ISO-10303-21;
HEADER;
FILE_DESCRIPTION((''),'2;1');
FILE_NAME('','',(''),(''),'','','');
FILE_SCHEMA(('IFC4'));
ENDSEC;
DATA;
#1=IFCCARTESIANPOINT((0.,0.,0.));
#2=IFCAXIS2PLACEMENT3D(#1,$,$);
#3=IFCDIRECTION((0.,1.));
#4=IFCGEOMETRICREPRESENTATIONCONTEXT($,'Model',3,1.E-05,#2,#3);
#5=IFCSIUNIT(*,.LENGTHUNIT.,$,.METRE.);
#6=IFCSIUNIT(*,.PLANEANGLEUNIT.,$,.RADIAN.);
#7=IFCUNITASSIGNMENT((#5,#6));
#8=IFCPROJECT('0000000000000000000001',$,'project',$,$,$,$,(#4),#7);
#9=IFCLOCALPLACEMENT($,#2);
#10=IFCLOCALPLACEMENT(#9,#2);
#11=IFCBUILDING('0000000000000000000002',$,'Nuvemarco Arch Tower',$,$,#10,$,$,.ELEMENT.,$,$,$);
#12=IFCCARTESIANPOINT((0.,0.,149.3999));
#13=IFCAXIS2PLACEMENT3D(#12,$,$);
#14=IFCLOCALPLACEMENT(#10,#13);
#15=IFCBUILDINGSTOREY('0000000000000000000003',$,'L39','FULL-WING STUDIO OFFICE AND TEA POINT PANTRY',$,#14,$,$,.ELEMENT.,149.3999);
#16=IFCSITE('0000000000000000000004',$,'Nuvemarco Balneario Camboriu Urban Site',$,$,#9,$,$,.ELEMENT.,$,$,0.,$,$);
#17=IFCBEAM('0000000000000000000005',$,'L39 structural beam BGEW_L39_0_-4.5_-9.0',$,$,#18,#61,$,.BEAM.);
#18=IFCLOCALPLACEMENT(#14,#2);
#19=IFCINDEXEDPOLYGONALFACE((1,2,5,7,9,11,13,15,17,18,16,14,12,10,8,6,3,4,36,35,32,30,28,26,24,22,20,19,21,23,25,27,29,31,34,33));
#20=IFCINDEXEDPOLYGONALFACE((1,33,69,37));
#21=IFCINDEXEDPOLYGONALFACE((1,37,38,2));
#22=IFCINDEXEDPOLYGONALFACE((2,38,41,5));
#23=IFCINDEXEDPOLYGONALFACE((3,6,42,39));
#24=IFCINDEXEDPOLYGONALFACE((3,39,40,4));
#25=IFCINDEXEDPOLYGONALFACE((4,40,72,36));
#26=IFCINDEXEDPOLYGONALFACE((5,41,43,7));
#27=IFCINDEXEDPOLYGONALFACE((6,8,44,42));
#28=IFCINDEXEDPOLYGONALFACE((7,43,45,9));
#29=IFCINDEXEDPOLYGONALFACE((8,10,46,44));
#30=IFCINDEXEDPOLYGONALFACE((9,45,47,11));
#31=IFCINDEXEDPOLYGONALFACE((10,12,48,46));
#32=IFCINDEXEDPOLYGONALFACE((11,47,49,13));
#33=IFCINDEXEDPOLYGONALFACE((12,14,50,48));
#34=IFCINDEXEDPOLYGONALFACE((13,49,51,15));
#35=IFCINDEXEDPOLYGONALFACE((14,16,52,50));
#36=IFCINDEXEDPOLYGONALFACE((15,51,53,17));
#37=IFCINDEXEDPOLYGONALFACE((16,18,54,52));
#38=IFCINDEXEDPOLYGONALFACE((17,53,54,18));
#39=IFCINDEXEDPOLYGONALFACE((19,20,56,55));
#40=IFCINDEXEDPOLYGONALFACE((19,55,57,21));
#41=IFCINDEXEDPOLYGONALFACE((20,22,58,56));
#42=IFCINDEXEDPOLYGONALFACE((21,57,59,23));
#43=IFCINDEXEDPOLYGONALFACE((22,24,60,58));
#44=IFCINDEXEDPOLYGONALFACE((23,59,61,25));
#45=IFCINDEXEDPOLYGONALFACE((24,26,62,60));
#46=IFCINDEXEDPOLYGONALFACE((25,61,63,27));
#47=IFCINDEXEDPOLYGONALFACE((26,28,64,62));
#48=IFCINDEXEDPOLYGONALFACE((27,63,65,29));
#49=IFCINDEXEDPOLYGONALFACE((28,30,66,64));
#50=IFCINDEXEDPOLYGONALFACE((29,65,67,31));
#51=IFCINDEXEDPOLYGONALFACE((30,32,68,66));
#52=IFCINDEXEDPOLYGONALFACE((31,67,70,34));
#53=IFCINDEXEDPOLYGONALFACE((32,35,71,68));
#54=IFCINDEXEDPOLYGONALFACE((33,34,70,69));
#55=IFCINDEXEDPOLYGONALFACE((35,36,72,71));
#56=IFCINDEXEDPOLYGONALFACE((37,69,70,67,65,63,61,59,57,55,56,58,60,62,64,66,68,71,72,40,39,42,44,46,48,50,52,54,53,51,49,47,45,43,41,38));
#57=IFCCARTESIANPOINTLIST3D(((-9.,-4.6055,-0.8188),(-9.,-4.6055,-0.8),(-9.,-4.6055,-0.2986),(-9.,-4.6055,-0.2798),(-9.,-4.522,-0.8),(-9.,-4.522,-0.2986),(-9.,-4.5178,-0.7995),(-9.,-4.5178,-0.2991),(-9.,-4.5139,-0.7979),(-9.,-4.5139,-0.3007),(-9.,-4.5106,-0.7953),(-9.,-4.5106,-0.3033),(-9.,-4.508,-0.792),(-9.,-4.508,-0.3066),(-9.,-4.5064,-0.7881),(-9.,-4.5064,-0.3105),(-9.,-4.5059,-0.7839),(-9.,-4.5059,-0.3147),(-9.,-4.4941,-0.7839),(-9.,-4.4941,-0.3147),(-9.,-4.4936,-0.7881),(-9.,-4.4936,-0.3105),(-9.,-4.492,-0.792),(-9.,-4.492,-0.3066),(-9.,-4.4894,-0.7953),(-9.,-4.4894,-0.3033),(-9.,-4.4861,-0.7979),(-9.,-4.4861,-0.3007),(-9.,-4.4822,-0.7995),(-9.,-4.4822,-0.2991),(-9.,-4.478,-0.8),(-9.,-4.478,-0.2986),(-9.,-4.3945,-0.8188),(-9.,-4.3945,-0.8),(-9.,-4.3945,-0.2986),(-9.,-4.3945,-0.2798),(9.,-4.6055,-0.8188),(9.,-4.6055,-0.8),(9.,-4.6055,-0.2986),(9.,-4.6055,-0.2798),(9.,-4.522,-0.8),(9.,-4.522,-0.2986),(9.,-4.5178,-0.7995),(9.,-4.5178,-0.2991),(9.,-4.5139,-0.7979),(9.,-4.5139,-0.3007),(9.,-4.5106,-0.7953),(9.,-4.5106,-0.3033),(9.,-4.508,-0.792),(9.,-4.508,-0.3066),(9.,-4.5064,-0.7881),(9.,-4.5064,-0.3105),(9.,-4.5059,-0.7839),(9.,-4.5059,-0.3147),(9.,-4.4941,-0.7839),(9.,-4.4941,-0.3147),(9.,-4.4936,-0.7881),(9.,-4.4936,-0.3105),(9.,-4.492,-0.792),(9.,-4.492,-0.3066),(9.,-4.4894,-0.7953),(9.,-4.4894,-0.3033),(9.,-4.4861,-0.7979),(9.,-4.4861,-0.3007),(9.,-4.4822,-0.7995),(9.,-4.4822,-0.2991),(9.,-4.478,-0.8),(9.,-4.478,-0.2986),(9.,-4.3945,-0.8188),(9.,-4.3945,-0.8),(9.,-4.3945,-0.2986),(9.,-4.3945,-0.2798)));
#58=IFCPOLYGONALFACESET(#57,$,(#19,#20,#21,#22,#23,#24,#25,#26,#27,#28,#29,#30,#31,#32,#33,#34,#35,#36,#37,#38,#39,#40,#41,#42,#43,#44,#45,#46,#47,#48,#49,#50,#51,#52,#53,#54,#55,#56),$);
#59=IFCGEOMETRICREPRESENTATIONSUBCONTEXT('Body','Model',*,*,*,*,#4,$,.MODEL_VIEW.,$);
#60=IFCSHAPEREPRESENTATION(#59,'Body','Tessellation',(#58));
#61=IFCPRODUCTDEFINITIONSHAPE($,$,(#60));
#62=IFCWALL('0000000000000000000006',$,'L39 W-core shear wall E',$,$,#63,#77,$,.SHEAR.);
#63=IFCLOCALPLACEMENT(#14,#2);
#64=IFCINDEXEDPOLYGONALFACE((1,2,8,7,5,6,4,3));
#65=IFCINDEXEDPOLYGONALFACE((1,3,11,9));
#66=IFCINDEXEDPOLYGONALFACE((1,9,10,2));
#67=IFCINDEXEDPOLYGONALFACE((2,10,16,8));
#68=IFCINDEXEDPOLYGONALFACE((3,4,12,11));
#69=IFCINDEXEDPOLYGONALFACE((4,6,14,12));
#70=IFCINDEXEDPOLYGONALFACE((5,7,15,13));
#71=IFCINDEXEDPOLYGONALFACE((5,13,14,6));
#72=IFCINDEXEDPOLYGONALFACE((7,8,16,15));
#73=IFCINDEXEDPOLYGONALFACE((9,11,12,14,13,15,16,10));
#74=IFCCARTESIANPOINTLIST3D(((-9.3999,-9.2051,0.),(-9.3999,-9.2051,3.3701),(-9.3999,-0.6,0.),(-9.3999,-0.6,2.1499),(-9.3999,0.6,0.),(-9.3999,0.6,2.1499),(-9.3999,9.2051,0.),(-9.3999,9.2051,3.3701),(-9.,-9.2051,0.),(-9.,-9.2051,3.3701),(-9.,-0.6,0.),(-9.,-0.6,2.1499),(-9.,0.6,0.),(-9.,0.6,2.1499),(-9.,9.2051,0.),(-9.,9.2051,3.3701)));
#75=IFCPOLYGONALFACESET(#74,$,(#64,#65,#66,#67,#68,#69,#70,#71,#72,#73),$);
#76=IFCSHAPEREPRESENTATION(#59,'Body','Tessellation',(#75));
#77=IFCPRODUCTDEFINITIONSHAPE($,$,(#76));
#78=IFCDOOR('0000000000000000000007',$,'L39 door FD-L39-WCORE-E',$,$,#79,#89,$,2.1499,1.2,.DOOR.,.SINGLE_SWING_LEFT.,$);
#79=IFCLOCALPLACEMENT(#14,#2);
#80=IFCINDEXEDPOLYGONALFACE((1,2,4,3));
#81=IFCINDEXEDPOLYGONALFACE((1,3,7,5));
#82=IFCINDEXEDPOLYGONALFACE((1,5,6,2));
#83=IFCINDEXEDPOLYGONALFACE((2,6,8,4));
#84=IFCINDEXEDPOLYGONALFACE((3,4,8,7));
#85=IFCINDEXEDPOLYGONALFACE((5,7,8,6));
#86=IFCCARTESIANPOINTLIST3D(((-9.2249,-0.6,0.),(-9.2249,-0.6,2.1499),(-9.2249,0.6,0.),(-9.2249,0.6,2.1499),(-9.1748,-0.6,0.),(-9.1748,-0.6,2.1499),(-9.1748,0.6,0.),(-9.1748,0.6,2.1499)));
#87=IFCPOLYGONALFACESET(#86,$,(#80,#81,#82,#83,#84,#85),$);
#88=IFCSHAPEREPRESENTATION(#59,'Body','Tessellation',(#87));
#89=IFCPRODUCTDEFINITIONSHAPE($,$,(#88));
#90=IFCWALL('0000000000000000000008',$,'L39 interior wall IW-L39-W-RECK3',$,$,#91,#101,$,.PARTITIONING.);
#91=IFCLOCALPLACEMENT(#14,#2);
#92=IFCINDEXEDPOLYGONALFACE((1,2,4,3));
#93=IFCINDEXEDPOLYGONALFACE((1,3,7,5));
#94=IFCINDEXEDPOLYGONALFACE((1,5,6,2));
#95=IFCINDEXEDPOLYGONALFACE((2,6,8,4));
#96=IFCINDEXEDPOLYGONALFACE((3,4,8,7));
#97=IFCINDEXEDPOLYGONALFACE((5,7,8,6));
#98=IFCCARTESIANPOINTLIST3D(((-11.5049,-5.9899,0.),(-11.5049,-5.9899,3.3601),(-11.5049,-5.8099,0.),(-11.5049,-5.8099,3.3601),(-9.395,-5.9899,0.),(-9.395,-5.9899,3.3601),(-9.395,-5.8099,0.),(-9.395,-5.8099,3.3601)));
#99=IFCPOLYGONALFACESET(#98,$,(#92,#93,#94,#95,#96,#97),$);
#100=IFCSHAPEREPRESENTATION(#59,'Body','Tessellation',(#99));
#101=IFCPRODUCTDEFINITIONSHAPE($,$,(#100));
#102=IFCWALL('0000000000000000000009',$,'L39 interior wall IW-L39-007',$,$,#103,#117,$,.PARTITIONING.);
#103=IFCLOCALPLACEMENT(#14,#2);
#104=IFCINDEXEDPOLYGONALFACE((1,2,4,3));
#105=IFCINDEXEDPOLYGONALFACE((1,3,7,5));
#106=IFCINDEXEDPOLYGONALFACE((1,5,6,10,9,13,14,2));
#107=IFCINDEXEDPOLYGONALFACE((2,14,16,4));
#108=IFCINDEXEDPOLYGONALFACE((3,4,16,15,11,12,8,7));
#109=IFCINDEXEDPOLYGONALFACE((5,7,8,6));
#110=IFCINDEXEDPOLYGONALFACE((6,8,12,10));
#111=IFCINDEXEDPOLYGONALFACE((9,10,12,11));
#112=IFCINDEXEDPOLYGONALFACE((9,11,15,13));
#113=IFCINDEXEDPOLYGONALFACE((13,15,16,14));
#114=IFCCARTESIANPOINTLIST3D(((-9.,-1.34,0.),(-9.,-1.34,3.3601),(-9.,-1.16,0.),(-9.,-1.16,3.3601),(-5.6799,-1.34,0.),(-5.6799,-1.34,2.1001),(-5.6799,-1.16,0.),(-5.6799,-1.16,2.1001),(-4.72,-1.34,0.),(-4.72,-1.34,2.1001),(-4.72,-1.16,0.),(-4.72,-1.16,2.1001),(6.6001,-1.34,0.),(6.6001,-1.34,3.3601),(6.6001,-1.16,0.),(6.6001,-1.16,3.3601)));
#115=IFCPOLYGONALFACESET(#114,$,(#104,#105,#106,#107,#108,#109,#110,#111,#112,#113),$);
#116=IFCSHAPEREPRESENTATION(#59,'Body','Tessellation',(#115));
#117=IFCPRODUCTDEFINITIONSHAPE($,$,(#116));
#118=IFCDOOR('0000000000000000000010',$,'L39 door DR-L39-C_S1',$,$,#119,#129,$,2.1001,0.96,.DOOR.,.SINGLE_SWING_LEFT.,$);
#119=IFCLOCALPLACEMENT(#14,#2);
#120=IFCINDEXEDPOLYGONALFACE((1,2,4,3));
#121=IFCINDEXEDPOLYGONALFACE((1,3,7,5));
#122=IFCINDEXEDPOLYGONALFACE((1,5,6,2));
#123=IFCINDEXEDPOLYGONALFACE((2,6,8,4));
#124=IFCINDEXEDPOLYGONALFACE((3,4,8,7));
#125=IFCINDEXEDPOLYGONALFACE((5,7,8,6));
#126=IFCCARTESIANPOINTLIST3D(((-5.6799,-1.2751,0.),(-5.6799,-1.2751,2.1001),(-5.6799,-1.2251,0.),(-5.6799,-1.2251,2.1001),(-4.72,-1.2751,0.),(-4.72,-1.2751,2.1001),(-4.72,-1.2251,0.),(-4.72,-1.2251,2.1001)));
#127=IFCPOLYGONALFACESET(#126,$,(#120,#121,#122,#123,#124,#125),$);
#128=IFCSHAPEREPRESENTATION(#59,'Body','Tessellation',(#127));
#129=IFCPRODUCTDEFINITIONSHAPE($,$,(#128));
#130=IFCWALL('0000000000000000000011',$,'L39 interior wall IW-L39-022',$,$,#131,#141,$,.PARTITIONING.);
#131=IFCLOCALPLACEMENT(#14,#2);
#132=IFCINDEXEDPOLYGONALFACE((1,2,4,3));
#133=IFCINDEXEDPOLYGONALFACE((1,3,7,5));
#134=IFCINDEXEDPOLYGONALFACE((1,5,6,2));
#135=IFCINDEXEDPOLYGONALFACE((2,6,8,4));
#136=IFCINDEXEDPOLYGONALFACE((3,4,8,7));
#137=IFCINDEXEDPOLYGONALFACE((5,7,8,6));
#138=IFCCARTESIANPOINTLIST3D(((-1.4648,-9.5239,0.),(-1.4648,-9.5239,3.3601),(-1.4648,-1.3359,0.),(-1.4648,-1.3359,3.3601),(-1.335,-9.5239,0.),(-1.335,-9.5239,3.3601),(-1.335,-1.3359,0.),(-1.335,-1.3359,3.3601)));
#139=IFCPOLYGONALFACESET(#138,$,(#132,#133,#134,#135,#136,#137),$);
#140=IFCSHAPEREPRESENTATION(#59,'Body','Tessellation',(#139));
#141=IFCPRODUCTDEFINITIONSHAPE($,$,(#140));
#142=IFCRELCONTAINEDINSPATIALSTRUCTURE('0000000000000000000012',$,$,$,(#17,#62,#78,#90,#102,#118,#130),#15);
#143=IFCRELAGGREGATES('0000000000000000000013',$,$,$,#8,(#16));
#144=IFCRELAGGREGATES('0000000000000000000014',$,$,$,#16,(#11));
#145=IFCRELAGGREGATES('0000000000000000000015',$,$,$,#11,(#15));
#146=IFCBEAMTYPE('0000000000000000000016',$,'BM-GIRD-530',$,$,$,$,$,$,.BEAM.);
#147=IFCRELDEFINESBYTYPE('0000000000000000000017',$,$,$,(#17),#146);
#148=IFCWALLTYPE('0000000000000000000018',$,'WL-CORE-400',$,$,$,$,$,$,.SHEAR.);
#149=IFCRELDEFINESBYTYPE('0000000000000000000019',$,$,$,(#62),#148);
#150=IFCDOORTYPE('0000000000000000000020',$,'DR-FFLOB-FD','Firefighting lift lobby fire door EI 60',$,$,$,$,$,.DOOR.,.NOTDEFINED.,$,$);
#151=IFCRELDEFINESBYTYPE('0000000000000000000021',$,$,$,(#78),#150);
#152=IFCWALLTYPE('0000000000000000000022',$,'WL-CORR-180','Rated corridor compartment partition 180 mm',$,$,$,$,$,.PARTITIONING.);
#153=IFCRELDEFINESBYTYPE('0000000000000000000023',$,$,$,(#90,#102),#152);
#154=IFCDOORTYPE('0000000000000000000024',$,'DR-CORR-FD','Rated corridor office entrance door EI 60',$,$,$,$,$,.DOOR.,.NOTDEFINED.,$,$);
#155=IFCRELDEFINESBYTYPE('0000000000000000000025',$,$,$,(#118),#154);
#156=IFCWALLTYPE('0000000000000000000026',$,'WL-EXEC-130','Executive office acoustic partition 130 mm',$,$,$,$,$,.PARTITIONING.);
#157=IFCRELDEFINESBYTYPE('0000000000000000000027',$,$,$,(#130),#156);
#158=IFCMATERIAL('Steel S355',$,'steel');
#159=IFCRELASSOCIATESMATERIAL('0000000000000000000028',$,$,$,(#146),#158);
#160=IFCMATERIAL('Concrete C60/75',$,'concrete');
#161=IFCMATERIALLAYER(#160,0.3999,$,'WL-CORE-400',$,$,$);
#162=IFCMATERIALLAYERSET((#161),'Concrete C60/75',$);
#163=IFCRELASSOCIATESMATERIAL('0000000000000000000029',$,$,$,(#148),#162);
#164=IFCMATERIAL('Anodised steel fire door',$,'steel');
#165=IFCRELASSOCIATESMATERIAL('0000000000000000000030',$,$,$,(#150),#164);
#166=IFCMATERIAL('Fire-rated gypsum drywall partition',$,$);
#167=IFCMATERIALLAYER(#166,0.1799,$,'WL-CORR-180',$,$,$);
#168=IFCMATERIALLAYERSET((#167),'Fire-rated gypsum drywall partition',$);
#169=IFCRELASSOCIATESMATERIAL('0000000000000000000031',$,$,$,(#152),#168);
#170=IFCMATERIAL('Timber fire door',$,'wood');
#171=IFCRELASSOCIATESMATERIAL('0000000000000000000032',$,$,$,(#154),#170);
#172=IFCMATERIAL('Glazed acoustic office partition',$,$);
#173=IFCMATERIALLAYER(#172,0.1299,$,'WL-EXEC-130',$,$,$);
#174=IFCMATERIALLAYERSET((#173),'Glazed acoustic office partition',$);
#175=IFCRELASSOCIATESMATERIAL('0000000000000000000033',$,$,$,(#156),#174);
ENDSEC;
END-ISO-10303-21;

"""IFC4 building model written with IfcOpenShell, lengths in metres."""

from ifc_helpers import new_model, si_unit, direction, frame, frame_2d, origin, origin_2d, place, context, subcontext, project, spatial, rectangle, i_section, extrude, source, transform, mapped, material, layer, layer_set, material_profile, profile_set, type_object, type_shapes, element, fill, save


model = new_model("IFC4")

# Units and contexts
model_context = context("Model", 3, precision=1e-05, world=origin(), true_north=direction((0.0, 1.0)))
body_context = subcontext(model_context, "Body", "Model", "MODEL_VIEW")
ifc_project = project(units=[si_unit("LENGTHUNIT", "METRE"), si_unit("PLANEANGLEUNIT", "RADIAN")], contexts=[model_context])

# Site, building, storey
site_placement = place(None, origin())
site = spatial("IfcSite", under=ifc_project, at=site_placement, Name="Nuvemarco Balneario Camboriu Urban Site", CompositionType="ELEMENT", RefElevation=0.0)
building_placement = place(site_placement, origin())
building = spatial("IfcBuilding", under=site, at=building_placement, Name="Nuvemarco Arch Tower", CompositionType="ELEMENT")
storey_placement = place(building_placement, frame((0.0, 0.0, 149.3999)))
storey = spatial("IfcBuildingStorey", under=building, at=storey_placement, Name="L39", Description="FULL-WING STUDIO OFFICE AND TEA POINT PANTRY", CompositionType="ELEMENT", Elevation=149.3999)

# Shared definitions
ifc_material_1 = material(Name="Steel S355", Category="steel")

# Beam
ifc_material_2 = material(Name="Concrete C60/75", Category="concrete")
ifc_material_profile_1 = material_profile(ifc_material_1, i_section(OverallWidth=0.2109, OverallDepth=0.5391, WebThickness=0.0117, FlangeThickness=0.0188, FilletRadius=0.0161, at=origin_2d()), Name="W530x109")
ifc_profile_set_1 = profile_set([ifc_material_profile_1], Name="Steel S355")
beam_type_1 = type_object("IfcBeamType", Name="BM-GIRD-530", PredefinedType="BEAM", material=ifc_profile_set_1)
beam_1_placement = place(storey_placement, frame((-9.0, -4.5, -0.5493), z_axis=(1.0, 0.0, 0.0), x_axis=(0.0, 1.0, 0.0)))
element("IfcBeam", 1, at=beam_1_placement, inside=storey, type_object=beam_type_1, Name="L39 structural beam BGEW_L39_0_-4.5_-9.0", PredefinedType="BEAM", context=body_context, shape_type="SweptSolid", body=[
    extrude(i_section(OverallWidth=0.2109, OverallDepth=0.5391, WebThickness=0.0117, FlangeThickness=0.0188, FilletRadius=0.0161, at=origin_2d()), origin(), (0.0, 0.0, 1.0), 18.0),
])

# Wall, opening, door
ifc_layer_1 = layer(ifc_material_2, 0.3999, Name="WL-CORE-400")
ifc_layer_set_1 = layer_set([ifc_layer_1], Name="Concrete C60/75")
wall_type_1 = type_object("IfcWallType", Name="WL-CORE-400", PredefinedType="SHEAR", material=ifc_layer_set_1)
wall_1_placement = place(storey_placement, frame((-9.2, -9.2051, 0.0), z_axis=(0.0, 0.0, 1.0), x_axis=(0.0, 1.0, 0.0)))
wall_1 = element("IfcWall", 2, at=wall_1_placement, inside=storey, type_object=wall_type_1, Name="L39 W-core shear wall E", PredefinedType="SHEAR", context=body_context, shape_type="SweptSolid", body=[
    extrude(rectangle(XDim=18.4102, YDim=0.3999, at=frame_2d((9.2051, 0.0))), origin(), (0.0, 0.0, 1.0), 3.3701),
])
opening_1_placement = place(wall_1_placement, frame((8.605, 0.0, 0.0)))
opening_1 = element("IfcOpeningElement", 3, at=opening_1_placement, cuts=wall_1, PredefinedType="OPENING", context=body_context, shape_type="SweptSolid", body=[
    extrude(rectangle(XDim=1.2, YDim=2.1499, at=frame_2d((0.6001, 1.075))), frame((0.0, 0.21, 0.0), z_axis=(0.0, -1.0, 0.0), x_axis=(1.0, 0.0, 0.0)), (0.0, 0.0, 1.0), 0.4199),
])
ifc_material_3 = material(Name="Anodised steel fire door", Category="steel")
door_type_1 = type_object("IfcDoorType", Name="DR-FFLOB-FD", Description="Firefighting lift lobby fire door EI 60", OperationType="NOTDEFINED", PredefinedType="DOOR", material=ifc_material_3)
shared_shape_1 = source(origin(), body_context, "Body", "SweptSolid", [
    extrude(rectangle(XDim=1.2, YDim=2.1499, at=frame_2d((0.6001, 1.075))), frame((0.0, 0.0249, 0.0), z_axis=(0.0, -1.0, 0.0), x_axis=(1.0, 0.0, 0.0)), (0.0, 0.0, 1.0), 0.05),
])
type_shapes(door_type_1, [shared_shape_1])
door_1_placement = place(opening_1_placement, origin())
door_1 = element("IfcDoor", 4, at=door_1_placement, inside=storey, type_object=door_type_1, Name="L39 door FD-L39-WCORE-E", OperationType="SINGLE_SWING_LEFT", OverallHeight=2.1499, OverallWidth=1.2, PredefinedType="DOOR", context=body_context, shape_type="MappedRepresentation", body=[
    mapped(shared_shape_1, transform((0.0, 0.0, 0.0), scale=1.0)),
])
fill(opening_1, door_1)

# Wall
ifc_material_4 = material(Name="Fire-rated gypsum drywall partition")
ifc_layer_2 = layer(ifc_material_4, 0.1799, Name="WL-CORR-180")
ifc_layer_set_2 = layer_set([ifc_layer_2], Name="Fire-rated gypsum drywall partition")
wall_type_2 = type_object("IfcWallType", Name="WL-CORR-180", Description="Rated corridor compartment partition 180 mm", PredefinedType="PARTITIONING", material=ifc_layer_set_2)
wall_2_placement = place(storey_placement, frame((-11.5049, -5.8999, 0.0), z_axis=(0.0, 0.0, 1.0), x_axis=(1.0, 0.0, 0.0)))
element("IfcWall", 5, at=wall_2_placement, inside=storey, type_object=wall_type_2, Name="L39 interior wall IW-L39-W-RECK3", PredefinedType="PARTITIONING", context=body_context, shape_type="SweptSolid", body=[
    extrude(rectangle(XDim=2.1099, YDim=0.1799, at=frame_2d((1.0549, 0.0))), origin(), (0.0, 0.0, 1.0), 3.3601),
])

# Wall, opening, door
wall_3_placement = place(storey_placement, frame((-9.0, -1.25, 0.0), z_axis=(0.0, 0.0, 1.0), x_axis=(1.0, 0.0, 0.0)))
wall_3 = element("IfcWall", 6, at=wall_3_placement, inside=storey, type_object=wall_type_2, Name="L39 interior wall IW-L39-007", PredefinedType="PARTITIONING", context=body_context, shape_type="SweptSolid", body=[
    extrude(rectangle(XDim=15.6001, YDim=0.1799, at=frame_2d((7.8, 0.0))), origin(), (0.0, 0.0, 1.0), 3.3601),
])
opening_2_placement = place(wall_3_placement, frame((3.3201, 0.0, 0.0)))
opening_2 = element("IfcOpeningElement", 7, at=opening_2_placement, cuts=wall_3, PredefinedType="OPENING", context=body_context, shape_type="SweptSolid", body=[
    extrude(rectangle(XDim=0.96, YDim=2.1001, at=frame_2d((0.48, 1.05))), frame((0.0, 0.0999, 0.0), z_axis=(0.0, -1.0, 0.0), x_axis=(1.0, 0.0, 0.0)), (0.0, 0.0, 1.0), 0.2),
])
ifc_material_5 = material(Name="Timber fire door", Category="wood")
door_type_2 = type_object("IfcDoorType", Name="DR-CORR-FD", Description="Rated corridor office entrance door EI 60", OperationType="NOTDEFINED", PredefinedType="DOOR", material=ifc_material_5)
shared_shape_2 = source(origin(), body_context, "Body", "SweptSolid", [
    extrude(rectangle(XDim=0.96, YDim=2.1001, at=frame_2d((0.48, 1.05))), frame((0.0, 0.0249, 0.0), z_axis=(0.0, -1.0, 0.0), x_axis=(1.0, 0.0, 0.0)), (0.0, 0.0, 1.0), 0.05),
])
type_shapes(door_type_2, [shared_shape_2])
door_2_placement = place(opening_2_placement, origin())
door_2 = element("IfcDoor", 8, at=door_2_placement, inside=storey, type_object=door_type_2, Name="L39 door DR-L39-C_S1", OperationType="SINGLE_SWING_LEFT", OverallHeight=2.1001, OverallWidth=0.96, PredefinedType="DOOR", context=body_context, shape_type="MappedRepresentation", body=[
    mapped(shared_shape_2, transform((0.0, 0.0, 0.0), scale=1.0)),
])
fill(opening_2, door_2)

# Wall
ifc_material_6 = material(Name="Glazed acoustic office partition")
ifc_layer_3 = layer(ifc_material_6, 0.1299, Name="WL-EXEC-130")
ifc_layer_set_3 = layer_set([ifc_layer_3], Name="Glazed acoustic office partition")
wall_type_3 = type_object("IfcWallType", Name="WL-EXEC-130", Description="Executive office acoustic partition 130 mm", PredefinedType="PARTITIONING", material=ifc_layer_set_3)
wall_4_placement = place(storey_placement, frame((-1.3999, -9.5239, 0.0), z_axis=(0.0, 0.0, 1.0), x_axis=(0.0, 1.0, 0.0)))
element("IfcWall", 9, at=wall_4_placement, inside=storey, type_object=wall_type_3, Name="L39 interior wall IW-L39-022", PredefinedType="PARTITIONING", context=body_context, shape_type="SweptSolid", body=[
    extrude(rectangle(XDim=8.188, YDim=0.1299, at=frame_2d((4.094, 0.0))), origin(), (0.0, 0.0, 1.0), 3.3601),
])

save(model, "model.ifc")
